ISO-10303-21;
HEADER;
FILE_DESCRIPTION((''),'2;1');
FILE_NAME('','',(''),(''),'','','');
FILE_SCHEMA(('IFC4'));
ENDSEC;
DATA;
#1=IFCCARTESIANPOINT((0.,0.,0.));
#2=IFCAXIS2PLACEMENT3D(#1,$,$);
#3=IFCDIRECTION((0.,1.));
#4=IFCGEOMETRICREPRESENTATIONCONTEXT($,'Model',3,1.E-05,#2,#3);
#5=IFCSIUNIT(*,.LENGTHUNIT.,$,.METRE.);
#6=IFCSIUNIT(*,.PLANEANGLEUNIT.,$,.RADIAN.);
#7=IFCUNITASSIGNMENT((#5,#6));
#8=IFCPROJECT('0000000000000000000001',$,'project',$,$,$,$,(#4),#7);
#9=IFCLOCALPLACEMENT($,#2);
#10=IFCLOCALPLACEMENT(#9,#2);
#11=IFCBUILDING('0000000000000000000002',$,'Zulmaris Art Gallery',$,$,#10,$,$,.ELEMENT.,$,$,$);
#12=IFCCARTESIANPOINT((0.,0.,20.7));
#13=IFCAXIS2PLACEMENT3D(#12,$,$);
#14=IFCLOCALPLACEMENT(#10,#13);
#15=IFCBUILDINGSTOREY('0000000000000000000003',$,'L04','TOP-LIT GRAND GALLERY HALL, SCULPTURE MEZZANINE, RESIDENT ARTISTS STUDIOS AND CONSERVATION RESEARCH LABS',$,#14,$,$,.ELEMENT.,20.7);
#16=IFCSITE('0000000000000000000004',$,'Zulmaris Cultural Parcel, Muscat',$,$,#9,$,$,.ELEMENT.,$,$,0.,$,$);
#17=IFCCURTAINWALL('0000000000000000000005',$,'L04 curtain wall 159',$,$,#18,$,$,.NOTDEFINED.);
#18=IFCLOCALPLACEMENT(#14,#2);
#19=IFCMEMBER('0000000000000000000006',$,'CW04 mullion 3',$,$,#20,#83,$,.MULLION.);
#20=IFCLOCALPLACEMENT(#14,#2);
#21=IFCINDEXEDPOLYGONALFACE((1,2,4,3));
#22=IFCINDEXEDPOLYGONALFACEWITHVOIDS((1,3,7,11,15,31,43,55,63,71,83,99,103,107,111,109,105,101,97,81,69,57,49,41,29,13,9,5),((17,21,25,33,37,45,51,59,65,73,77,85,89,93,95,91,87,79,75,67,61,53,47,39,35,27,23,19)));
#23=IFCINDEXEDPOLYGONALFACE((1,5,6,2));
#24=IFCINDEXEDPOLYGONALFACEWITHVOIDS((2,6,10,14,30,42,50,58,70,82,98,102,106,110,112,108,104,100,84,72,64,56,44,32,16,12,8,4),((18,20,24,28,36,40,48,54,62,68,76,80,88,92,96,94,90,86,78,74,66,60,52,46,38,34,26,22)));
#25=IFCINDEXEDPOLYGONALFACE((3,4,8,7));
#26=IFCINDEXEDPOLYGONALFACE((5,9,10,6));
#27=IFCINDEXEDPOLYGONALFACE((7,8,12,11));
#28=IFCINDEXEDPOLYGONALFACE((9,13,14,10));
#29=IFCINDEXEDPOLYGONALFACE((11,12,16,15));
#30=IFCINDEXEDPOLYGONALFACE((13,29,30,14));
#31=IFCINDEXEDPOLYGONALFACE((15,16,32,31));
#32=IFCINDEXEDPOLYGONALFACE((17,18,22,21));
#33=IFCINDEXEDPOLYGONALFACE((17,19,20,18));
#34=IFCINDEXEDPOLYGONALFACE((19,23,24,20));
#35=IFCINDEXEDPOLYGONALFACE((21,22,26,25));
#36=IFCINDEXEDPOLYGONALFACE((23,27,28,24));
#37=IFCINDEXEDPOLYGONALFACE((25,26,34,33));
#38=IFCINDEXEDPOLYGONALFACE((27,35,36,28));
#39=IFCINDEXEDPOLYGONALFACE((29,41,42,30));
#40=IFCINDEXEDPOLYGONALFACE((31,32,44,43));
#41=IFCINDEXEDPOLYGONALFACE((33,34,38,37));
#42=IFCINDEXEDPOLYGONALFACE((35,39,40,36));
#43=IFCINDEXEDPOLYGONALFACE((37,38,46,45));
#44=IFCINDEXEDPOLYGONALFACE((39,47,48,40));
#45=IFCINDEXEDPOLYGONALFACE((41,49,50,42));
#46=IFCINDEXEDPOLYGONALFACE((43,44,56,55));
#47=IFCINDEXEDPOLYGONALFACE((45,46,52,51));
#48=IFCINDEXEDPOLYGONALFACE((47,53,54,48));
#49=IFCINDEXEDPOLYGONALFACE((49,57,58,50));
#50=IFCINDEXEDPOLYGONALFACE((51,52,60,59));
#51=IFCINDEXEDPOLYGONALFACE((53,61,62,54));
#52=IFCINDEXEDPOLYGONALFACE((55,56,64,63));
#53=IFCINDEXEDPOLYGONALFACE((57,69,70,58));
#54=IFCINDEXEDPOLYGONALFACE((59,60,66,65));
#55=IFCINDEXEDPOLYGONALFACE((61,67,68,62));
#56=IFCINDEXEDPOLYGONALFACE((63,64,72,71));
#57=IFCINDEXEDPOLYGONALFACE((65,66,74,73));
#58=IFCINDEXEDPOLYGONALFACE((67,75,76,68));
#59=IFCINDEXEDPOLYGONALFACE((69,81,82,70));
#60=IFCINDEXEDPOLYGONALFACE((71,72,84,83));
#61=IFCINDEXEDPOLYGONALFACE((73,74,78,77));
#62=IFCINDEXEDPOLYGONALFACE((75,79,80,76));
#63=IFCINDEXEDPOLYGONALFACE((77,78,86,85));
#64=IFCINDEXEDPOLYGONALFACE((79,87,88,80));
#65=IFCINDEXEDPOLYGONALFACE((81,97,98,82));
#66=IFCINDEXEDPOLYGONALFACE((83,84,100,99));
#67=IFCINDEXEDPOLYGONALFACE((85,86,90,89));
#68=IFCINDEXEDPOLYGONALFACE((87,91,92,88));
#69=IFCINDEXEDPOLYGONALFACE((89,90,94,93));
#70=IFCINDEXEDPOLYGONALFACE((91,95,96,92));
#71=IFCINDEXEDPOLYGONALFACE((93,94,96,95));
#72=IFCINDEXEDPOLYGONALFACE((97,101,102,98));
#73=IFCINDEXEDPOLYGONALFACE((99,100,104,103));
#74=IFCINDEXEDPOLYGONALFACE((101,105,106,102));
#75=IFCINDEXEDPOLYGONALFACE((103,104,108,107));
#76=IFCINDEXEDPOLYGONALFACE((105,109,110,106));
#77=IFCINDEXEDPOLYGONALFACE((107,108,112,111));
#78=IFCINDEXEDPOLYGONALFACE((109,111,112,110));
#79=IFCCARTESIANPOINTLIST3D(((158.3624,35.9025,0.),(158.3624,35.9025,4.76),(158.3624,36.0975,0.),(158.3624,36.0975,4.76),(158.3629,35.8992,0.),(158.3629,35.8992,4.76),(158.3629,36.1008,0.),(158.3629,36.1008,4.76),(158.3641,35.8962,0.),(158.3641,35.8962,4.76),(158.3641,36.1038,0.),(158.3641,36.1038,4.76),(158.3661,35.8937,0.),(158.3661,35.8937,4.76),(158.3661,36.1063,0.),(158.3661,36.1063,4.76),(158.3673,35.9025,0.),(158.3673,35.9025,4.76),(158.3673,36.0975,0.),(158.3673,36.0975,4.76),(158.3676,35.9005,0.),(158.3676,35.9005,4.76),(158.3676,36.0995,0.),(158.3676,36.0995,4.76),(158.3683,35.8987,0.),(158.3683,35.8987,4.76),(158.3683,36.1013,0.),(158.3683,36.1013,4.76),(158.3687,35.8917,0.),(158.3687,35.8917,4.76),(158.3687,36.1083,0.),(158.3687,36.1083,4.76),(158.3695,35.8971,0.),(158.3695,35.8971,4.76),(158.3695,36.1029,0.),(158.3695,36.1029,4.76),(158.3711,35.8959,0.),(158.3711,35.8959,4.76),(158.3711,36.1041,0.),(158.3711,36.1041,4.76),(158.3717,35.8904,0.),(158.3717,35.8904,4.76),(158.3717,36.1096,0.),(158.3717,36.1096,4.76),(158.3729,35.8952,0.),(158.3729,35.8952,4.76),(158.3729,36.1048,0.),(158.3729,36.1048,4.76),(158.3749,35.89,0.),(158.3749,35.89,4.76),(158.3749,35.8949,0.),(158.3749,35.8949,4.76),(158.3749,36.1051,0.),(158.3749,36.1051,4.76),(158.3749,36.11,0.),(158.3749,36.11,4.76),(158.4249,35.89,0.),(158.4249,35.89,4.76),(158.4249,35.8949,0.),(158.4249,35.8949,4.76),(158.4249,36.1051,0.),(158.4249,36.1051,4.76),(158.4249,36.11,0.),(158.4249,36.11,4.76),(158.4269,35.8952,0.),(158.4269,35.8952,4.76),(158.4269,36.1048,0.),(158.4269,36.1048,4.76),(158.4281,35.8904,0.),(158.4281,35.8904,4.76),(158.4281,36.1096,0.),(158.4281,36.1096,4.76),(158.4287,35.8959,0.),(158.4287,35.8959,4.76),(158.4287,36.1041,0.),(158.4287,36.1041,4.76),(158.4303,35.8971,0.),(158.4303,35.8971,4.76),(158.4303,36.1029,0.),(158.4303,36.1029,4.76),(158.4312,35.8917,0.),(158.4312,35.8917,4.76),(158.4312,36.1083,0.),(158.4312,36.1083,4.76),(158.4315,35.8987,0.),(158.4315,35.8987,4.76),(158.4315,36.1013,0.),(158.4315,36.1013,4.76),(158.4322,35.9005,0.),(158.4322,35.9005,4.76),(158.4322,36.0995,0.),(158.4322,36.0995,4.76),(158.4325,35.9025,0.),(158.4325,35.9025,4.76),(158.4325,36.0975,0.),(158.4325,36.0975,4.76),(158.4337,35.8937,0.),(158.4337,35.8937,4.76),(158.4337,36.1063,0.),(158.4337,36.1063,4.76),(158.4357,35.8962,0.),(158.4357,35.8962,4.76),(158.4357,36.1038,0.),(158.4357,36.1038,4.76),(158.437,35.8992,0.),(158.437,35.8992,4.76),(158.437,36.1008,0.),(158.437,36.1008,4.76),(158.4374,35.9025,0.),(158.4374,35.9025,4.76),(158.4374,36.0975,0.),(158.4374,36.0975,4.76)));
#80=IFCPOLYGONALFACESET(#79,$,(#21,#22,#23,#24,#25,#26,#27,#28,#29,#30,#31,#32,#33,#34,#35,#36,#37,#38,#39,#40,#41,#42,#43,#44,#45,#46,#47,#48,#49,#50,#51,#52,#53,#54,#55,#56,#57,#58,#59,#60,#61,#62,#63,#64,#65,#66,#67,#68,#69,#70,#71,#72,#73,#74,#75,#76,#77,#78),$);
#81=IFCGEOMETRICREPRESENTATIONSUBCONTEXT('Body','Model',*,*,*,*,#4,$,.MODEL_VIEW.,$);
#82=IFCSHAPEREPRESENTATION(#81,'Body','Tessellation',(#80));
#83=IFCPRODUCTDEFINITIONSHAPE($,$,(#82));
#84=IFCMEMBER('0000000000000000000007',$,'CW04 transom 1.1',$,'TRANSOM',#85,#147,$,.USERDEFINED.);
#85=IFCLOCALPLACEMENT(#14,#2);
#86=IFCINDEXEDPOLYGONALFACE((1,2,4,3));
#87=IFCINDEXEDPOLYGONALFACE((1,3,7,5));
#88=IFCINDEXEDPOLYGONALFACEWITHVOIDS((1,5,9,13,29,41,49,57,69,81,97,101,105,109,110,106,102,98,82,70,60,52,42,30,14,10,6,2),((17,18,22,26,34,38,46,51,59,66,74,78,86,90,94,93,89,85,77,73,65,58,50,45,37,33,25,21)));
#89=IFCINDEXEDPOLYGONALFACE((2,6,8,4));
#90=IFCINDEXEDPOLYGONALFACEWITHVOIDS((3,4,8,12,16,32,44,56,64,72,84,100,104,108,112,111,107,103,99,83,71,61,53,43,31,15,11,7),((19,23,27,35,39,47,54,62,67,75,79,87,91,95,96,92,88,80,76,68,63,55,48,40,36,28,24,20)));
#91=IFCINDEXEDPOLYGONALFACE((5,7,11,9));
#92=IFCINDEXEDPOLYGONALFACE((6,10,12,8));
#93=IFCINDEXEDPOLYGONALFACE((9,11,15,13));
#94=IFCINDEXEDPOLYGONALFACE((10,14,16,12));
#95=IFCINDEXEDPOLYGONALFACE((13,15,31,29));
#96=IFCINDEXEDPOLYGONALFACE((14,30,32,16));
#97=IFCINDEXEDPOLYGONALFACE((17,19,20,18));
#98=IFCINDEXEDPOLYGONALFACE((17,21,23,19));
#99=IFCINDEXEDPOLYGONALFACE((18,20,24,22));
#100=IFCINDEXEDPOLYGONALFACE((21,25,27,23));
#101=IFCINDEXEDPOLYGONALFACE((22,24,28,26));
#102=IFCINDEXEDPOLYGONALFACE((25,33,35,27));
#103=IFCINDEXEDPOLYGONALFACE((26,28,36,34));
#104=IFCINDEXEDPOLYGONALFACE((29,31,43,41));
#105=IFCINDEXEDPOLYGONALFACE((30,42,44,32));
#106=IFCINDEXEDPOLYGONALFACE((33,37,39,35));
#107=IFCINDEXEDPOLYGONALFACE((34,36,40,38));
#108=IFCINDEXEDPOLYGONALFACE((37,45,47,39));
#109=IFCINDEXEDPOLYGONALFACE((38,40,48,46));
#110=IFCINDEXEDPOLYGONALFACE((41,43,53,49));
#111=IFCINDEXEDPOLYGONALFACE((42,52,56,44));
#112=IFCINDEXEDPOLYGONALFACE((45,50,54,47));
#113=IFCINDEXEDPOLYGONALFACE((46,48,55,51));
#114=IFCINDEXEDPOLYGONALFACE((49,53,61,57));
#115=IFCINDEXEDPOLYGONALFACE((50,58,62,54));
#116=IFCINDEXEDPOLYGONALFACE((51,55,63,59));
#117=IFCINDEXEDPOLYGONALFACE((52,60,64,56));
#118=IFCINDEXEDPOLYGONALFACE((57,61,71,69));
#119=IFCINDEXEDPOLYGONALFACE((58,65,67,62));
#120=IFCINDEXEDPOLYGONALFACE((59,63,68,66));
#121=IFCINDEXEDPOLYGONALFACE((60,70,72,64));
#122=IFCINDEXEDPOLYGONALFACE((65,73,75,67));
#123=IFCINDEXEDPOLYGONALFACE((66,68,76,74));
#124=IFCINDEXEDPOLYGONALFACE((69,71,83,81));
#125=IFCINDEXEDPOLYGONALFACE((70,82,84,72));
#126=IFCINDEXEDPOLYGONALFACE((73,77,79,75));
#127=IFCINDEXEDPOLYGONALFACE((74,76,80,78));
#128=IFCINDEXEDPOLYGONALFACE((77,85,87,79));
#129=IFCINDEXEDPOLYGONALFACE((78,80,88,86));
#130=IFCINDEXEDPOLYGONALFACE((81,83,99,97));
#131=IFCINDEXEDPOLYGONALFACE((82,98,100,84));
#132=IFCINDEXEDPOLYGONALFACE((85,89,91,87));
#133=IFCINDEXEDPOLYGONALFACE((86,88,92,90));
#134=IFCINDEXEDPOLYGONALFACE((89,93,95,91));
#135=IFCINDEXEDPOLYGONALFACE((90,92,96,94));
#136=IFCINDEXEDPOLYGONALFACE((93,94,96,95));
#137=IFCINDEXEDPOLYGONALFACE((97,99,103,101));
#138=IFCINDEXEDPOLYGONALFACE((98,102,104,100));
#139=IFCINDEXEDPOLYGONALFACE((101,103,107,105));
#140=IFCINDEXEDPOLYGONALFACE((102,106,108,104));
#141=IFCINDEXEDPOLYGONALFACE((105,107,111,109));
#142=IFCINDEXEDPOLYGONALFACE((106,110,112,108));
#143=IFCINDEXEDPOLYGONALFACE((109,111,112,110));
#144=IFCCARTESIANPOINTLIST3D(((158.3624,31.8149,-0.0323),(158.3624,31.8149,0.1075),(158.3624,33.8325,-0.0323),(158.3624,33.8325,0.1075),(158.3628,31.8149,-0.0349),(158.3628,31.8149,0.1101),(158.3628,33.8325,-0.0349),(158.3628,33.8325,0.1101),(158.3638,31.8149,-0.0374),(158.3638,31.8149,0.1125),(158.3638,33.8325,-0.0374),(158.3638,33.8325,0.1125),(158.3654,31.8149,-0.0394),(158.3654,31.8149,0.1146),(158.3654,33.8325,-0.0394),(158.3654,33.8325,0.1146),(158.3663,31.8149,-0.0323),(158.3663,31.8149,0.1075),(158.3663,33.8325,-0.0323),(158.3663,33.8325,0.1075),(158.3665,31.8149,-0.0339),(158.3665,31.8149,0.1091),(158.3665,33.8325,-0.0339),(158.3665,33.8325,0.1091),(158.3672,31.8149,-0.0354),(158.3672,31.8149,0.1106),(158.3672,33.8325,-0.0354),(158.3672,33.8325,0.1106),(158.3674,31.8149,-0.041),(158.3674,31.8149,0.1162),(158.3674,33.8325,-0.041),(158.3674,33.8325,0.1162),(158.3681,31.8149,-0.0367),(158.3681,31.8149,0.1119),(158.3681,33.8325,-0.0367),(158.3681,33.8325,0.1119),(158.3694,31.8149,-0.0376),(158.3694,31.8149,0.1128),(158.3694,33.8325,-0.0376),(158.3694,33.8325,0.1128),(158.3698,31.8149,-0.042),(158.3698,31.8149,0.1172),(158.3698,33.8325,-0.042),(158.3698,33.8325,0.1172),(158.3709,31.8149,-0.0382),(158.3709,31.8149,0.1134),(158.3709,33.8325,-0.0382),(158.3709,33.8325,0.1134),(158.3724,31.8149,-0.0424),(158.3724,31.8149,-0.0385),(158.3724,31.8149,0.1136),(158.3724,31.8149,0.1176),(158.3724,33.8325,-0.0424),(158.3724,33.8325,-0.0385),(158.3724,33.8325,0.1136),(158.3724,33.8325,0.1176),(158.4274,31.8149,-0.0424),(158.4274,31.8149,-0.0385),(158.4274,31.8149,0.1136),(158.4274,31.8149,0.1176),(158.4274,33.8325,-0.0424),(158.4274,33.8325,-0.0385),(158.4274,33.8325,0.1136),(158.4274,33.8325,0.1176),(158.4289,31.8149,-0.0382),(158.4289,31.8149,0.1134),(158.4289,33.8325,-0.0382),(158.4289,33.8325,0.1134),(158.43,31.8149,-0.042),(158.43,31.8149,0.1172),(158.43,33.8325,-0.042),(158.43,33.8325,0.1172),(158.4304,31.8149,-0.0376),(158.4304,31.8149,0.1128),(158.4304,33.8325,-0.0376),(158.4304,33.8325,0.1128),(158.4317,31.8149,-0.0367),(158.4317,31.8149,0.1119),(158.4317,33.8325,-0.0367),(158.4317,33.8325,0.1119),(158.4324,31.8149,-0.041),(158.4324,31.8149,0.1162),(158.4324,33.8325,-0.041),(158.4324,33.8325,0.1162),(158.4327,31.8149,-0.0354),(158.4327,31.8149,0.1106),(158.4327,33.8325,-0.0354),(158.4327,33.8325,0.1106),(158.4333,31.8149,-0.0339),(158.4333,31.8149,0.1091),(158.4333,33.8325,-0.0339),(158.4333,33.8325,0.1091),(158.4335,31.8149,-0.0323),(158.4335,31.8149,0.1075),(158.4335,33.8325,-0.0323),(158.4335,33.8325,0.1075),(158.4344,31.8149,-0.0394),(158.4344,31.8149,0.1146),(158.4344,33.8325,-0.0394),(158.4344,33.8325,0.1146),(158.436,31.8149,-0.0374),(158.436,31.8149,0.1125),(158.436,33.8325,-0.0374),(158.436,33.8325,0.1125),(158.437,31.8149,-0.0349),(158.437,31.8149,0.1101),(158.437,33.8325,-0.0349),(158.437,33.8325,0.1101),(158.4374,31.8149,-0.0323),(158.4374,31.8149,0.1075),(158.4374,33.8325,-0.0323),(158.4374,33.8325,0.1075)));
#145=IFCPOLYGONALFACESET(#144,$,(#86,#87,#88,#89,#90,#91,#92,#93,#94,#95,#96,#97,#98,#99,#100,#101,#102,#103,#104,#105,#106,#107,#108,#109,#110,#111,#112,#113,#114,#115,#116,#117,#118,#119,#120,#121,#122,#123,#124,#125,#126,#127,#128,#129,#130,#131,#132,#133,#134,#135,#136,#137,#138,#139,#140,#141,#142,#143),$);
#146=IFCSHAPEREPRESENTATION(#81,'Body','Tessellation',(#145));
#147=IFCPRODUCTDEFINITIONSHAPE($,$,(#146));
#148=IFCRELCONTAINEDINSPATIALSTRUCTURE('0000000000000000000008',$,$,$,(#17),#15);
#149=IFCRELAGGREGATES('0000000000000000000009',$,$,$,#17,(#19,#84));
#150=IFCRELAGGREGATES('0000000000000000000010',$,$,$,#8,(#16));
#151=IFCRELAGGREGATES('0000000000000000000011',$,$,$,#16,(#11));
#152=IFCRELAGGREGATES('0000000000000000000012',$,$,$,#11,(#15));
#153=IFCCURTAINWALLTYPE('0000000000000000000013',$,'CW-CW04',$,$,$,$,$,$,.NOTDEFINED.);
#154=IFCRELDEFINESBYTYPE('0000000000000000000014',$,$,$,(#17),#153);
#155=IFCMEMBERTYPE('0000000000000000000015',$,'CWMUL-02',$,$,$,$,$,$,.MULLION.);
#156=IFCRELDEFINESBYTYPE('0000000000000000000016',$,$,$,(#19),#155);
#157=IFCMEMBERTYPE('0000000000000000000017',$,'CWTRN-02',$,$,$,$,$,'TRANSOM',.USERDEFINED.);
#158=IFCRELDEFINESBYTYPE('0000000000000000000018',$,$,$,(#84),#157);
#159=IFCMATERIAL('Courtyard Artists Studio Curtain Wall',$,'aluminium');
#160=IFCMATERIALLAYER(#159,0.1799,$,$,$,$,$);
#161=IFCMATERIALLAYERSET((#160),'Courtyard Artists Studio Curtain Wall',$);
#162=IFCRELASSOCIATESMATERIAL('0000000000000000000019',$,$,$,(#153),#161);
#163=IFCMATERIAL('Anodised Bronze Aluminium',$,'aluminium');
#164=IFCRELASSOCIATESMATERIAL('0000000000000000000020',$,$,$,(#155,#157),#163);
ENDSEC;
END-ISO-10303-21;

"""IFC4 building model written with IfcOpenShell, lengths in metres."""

from ifc_helpers import new_model, si_unit, direction, frame, origin, origin_2d, place, context, subcontext, project, spatial, hollow_rectangle, extrude, material, layer, layer_set, material_profile, profile_set, type_object, element, aggregate, save


model = new_model("IFC4")

# Units and contexts
model_context = context("Model", 3, precision=1e-05, world=origin(), true_north=direction((0.0, 1.0)))
body_context = subcontext(model_context, "Body", "Model", "MODEL_VIEW")
ifc_project = project(units=[si_unit("LENGTHUNIT", "METRE"), si_unit("PLANEANGLEUNIT", "RADIAN")], contexts=[model_context])

# Site, building, storey
site_placement = place(None, origin())
site = spatial("IfcSite", under=ifc_project, at=site_placement, Name="Zulmaris Cultural Parcel, Muscat", CompositionType="ELEMENT", RefElevation=0.0)
building_placement = place(site_placement, origin())
building = spatial("IfcBuilding", under=site, at=building_placement, Name="Zulmaris Art Gallery", CompositionType="ELEMENT")
storey_placement = place(building_placement, frame((0.0, 0.0, 20.7)))
storey = spatial("IfcBuildingStorey", under=building, at=storey_placement, Name="L04", Description="TOP-LIT GRAND GALLERY HALL, SCULPTURE MEZZANINE, RESIDENT ARTISTS STUDIOS AND CONSERVATION RESEARCH LABS", CompositionType="ELEMENT", Elevation=20.7)

# Curtain wall, members
ifc_material_1 = material(Name="Courtyard Artists Studio Curtain Wall", Category="aluminium")
ifc_layer_1 = layer(ifc_material_1, 0.1799)
ifc_layer_set_1 = layer_set([ifc_layer_1], Name="Courtyard Artists Studio Curtain Wall")
curtain_wall_type = type_object("IfcCurtainWallType", Name="CW-CW04", PredefinedType="NOTDEFINED", material=ifc_layer_set_1)
curtain_wall_placement = place(storey_placement, origin())
curtain_wall = element("IfcCurtainWall", 1, at=curtain_wall_placement, inside=storey, type_object=curtain_wall_type, Name="L04 curtain wall 159", PredefinedType="NOTDEFINED")
ifc_material_2 = material(Name="Anodised Bronze Aluminium", Category="aluminium")
ifc_material_profile_1 = material_profile(ifc_material_2, hollow_rectangle(XDim=0.075, YDim=0.22, WallThickness=0.0049, InnerFilletRadius=0.0076, OuterFilletRadius=0.0125, at=origin_2d()), Name="ALU 75x220x5")
ifc_profile_set_1 = profile_set([ifc_material_profile_1], Name="Anodised Bronze Aluminium")
member_type_1 = type_object("IfcMemberType", Name="CWMUL-02", PredefinedType="MULLION", material=ifc_profile_set_1)
member_1_placement = place(storey_placement, frame((158.3999, 36.0, 0.0), z_axis=(0.0, 0.0, 1.0), x_axis=(-1.0, 0.0, 0.0)))
member_1 = element("IfcMember", 2, at=member_1_placement, type_object=member_type_1, Name="CW04 mullion 3", PredefinedType="MULLION", context=body_context, shape_type="SweptSolid", body=[
    extrude(hollow_rectangle(XDim=0.075, YDim=0.22, WallThickness=0.0049, InnerFilletRadius=0.0076, OuterFilletRadius=0.0125, at=origin_2d()), origin(), (0.0, 0.0, 1.0), 4.76),
])
ifc_material_profile_2 = material_profile(ifc_material_2, hollow_rectangle(XDim=0.075, YDim=0.1599, WallThickness=0.0039, InnerFilletRadius=0.0061, OuterFilletRadius=0.01, at=origin_2d()), Name="ALU 75x160x4")
ifc_profile_set_2 = profile_set([ifc_material_profile_2], Name="Anodised Bronze Aluminium")
member_type_2 = type_object("IfcMemberType", Name="CWTRN-02", ElementType="TRANSOM", PredefinedType="USERDEFINED", material=ifc_profile_set_2)
member_2_placement = place(storey_placement, frame((158.3999, 31.8149, 0.0376), z_axis=(0.0, 1.0, 0.0), x_axis=(-1.0, 0.0, 0.0)))
member_2 = element("IfcMember", 3, at=member_2_placement, type_object=member_type_2, Name="CW04 transom 1.1", ObjectType="TRANSOM", PredefinedType="USERDEFINED", context=body_context, shape_type="SweptSolid", body=[
    extrude(hollow_rectangle(XDim=0.075, YDim=0.1599, WallThickness=0.0039, InnerFilletRadius=0.0061, OuterFilletRadius=0.01, at=origin_2d()), origin(), (0.0, 0.0, 1.0), 2.0176),
])
aggregate(curtain_wall, [member_1, member_2])

save(model, "model.ifc")
